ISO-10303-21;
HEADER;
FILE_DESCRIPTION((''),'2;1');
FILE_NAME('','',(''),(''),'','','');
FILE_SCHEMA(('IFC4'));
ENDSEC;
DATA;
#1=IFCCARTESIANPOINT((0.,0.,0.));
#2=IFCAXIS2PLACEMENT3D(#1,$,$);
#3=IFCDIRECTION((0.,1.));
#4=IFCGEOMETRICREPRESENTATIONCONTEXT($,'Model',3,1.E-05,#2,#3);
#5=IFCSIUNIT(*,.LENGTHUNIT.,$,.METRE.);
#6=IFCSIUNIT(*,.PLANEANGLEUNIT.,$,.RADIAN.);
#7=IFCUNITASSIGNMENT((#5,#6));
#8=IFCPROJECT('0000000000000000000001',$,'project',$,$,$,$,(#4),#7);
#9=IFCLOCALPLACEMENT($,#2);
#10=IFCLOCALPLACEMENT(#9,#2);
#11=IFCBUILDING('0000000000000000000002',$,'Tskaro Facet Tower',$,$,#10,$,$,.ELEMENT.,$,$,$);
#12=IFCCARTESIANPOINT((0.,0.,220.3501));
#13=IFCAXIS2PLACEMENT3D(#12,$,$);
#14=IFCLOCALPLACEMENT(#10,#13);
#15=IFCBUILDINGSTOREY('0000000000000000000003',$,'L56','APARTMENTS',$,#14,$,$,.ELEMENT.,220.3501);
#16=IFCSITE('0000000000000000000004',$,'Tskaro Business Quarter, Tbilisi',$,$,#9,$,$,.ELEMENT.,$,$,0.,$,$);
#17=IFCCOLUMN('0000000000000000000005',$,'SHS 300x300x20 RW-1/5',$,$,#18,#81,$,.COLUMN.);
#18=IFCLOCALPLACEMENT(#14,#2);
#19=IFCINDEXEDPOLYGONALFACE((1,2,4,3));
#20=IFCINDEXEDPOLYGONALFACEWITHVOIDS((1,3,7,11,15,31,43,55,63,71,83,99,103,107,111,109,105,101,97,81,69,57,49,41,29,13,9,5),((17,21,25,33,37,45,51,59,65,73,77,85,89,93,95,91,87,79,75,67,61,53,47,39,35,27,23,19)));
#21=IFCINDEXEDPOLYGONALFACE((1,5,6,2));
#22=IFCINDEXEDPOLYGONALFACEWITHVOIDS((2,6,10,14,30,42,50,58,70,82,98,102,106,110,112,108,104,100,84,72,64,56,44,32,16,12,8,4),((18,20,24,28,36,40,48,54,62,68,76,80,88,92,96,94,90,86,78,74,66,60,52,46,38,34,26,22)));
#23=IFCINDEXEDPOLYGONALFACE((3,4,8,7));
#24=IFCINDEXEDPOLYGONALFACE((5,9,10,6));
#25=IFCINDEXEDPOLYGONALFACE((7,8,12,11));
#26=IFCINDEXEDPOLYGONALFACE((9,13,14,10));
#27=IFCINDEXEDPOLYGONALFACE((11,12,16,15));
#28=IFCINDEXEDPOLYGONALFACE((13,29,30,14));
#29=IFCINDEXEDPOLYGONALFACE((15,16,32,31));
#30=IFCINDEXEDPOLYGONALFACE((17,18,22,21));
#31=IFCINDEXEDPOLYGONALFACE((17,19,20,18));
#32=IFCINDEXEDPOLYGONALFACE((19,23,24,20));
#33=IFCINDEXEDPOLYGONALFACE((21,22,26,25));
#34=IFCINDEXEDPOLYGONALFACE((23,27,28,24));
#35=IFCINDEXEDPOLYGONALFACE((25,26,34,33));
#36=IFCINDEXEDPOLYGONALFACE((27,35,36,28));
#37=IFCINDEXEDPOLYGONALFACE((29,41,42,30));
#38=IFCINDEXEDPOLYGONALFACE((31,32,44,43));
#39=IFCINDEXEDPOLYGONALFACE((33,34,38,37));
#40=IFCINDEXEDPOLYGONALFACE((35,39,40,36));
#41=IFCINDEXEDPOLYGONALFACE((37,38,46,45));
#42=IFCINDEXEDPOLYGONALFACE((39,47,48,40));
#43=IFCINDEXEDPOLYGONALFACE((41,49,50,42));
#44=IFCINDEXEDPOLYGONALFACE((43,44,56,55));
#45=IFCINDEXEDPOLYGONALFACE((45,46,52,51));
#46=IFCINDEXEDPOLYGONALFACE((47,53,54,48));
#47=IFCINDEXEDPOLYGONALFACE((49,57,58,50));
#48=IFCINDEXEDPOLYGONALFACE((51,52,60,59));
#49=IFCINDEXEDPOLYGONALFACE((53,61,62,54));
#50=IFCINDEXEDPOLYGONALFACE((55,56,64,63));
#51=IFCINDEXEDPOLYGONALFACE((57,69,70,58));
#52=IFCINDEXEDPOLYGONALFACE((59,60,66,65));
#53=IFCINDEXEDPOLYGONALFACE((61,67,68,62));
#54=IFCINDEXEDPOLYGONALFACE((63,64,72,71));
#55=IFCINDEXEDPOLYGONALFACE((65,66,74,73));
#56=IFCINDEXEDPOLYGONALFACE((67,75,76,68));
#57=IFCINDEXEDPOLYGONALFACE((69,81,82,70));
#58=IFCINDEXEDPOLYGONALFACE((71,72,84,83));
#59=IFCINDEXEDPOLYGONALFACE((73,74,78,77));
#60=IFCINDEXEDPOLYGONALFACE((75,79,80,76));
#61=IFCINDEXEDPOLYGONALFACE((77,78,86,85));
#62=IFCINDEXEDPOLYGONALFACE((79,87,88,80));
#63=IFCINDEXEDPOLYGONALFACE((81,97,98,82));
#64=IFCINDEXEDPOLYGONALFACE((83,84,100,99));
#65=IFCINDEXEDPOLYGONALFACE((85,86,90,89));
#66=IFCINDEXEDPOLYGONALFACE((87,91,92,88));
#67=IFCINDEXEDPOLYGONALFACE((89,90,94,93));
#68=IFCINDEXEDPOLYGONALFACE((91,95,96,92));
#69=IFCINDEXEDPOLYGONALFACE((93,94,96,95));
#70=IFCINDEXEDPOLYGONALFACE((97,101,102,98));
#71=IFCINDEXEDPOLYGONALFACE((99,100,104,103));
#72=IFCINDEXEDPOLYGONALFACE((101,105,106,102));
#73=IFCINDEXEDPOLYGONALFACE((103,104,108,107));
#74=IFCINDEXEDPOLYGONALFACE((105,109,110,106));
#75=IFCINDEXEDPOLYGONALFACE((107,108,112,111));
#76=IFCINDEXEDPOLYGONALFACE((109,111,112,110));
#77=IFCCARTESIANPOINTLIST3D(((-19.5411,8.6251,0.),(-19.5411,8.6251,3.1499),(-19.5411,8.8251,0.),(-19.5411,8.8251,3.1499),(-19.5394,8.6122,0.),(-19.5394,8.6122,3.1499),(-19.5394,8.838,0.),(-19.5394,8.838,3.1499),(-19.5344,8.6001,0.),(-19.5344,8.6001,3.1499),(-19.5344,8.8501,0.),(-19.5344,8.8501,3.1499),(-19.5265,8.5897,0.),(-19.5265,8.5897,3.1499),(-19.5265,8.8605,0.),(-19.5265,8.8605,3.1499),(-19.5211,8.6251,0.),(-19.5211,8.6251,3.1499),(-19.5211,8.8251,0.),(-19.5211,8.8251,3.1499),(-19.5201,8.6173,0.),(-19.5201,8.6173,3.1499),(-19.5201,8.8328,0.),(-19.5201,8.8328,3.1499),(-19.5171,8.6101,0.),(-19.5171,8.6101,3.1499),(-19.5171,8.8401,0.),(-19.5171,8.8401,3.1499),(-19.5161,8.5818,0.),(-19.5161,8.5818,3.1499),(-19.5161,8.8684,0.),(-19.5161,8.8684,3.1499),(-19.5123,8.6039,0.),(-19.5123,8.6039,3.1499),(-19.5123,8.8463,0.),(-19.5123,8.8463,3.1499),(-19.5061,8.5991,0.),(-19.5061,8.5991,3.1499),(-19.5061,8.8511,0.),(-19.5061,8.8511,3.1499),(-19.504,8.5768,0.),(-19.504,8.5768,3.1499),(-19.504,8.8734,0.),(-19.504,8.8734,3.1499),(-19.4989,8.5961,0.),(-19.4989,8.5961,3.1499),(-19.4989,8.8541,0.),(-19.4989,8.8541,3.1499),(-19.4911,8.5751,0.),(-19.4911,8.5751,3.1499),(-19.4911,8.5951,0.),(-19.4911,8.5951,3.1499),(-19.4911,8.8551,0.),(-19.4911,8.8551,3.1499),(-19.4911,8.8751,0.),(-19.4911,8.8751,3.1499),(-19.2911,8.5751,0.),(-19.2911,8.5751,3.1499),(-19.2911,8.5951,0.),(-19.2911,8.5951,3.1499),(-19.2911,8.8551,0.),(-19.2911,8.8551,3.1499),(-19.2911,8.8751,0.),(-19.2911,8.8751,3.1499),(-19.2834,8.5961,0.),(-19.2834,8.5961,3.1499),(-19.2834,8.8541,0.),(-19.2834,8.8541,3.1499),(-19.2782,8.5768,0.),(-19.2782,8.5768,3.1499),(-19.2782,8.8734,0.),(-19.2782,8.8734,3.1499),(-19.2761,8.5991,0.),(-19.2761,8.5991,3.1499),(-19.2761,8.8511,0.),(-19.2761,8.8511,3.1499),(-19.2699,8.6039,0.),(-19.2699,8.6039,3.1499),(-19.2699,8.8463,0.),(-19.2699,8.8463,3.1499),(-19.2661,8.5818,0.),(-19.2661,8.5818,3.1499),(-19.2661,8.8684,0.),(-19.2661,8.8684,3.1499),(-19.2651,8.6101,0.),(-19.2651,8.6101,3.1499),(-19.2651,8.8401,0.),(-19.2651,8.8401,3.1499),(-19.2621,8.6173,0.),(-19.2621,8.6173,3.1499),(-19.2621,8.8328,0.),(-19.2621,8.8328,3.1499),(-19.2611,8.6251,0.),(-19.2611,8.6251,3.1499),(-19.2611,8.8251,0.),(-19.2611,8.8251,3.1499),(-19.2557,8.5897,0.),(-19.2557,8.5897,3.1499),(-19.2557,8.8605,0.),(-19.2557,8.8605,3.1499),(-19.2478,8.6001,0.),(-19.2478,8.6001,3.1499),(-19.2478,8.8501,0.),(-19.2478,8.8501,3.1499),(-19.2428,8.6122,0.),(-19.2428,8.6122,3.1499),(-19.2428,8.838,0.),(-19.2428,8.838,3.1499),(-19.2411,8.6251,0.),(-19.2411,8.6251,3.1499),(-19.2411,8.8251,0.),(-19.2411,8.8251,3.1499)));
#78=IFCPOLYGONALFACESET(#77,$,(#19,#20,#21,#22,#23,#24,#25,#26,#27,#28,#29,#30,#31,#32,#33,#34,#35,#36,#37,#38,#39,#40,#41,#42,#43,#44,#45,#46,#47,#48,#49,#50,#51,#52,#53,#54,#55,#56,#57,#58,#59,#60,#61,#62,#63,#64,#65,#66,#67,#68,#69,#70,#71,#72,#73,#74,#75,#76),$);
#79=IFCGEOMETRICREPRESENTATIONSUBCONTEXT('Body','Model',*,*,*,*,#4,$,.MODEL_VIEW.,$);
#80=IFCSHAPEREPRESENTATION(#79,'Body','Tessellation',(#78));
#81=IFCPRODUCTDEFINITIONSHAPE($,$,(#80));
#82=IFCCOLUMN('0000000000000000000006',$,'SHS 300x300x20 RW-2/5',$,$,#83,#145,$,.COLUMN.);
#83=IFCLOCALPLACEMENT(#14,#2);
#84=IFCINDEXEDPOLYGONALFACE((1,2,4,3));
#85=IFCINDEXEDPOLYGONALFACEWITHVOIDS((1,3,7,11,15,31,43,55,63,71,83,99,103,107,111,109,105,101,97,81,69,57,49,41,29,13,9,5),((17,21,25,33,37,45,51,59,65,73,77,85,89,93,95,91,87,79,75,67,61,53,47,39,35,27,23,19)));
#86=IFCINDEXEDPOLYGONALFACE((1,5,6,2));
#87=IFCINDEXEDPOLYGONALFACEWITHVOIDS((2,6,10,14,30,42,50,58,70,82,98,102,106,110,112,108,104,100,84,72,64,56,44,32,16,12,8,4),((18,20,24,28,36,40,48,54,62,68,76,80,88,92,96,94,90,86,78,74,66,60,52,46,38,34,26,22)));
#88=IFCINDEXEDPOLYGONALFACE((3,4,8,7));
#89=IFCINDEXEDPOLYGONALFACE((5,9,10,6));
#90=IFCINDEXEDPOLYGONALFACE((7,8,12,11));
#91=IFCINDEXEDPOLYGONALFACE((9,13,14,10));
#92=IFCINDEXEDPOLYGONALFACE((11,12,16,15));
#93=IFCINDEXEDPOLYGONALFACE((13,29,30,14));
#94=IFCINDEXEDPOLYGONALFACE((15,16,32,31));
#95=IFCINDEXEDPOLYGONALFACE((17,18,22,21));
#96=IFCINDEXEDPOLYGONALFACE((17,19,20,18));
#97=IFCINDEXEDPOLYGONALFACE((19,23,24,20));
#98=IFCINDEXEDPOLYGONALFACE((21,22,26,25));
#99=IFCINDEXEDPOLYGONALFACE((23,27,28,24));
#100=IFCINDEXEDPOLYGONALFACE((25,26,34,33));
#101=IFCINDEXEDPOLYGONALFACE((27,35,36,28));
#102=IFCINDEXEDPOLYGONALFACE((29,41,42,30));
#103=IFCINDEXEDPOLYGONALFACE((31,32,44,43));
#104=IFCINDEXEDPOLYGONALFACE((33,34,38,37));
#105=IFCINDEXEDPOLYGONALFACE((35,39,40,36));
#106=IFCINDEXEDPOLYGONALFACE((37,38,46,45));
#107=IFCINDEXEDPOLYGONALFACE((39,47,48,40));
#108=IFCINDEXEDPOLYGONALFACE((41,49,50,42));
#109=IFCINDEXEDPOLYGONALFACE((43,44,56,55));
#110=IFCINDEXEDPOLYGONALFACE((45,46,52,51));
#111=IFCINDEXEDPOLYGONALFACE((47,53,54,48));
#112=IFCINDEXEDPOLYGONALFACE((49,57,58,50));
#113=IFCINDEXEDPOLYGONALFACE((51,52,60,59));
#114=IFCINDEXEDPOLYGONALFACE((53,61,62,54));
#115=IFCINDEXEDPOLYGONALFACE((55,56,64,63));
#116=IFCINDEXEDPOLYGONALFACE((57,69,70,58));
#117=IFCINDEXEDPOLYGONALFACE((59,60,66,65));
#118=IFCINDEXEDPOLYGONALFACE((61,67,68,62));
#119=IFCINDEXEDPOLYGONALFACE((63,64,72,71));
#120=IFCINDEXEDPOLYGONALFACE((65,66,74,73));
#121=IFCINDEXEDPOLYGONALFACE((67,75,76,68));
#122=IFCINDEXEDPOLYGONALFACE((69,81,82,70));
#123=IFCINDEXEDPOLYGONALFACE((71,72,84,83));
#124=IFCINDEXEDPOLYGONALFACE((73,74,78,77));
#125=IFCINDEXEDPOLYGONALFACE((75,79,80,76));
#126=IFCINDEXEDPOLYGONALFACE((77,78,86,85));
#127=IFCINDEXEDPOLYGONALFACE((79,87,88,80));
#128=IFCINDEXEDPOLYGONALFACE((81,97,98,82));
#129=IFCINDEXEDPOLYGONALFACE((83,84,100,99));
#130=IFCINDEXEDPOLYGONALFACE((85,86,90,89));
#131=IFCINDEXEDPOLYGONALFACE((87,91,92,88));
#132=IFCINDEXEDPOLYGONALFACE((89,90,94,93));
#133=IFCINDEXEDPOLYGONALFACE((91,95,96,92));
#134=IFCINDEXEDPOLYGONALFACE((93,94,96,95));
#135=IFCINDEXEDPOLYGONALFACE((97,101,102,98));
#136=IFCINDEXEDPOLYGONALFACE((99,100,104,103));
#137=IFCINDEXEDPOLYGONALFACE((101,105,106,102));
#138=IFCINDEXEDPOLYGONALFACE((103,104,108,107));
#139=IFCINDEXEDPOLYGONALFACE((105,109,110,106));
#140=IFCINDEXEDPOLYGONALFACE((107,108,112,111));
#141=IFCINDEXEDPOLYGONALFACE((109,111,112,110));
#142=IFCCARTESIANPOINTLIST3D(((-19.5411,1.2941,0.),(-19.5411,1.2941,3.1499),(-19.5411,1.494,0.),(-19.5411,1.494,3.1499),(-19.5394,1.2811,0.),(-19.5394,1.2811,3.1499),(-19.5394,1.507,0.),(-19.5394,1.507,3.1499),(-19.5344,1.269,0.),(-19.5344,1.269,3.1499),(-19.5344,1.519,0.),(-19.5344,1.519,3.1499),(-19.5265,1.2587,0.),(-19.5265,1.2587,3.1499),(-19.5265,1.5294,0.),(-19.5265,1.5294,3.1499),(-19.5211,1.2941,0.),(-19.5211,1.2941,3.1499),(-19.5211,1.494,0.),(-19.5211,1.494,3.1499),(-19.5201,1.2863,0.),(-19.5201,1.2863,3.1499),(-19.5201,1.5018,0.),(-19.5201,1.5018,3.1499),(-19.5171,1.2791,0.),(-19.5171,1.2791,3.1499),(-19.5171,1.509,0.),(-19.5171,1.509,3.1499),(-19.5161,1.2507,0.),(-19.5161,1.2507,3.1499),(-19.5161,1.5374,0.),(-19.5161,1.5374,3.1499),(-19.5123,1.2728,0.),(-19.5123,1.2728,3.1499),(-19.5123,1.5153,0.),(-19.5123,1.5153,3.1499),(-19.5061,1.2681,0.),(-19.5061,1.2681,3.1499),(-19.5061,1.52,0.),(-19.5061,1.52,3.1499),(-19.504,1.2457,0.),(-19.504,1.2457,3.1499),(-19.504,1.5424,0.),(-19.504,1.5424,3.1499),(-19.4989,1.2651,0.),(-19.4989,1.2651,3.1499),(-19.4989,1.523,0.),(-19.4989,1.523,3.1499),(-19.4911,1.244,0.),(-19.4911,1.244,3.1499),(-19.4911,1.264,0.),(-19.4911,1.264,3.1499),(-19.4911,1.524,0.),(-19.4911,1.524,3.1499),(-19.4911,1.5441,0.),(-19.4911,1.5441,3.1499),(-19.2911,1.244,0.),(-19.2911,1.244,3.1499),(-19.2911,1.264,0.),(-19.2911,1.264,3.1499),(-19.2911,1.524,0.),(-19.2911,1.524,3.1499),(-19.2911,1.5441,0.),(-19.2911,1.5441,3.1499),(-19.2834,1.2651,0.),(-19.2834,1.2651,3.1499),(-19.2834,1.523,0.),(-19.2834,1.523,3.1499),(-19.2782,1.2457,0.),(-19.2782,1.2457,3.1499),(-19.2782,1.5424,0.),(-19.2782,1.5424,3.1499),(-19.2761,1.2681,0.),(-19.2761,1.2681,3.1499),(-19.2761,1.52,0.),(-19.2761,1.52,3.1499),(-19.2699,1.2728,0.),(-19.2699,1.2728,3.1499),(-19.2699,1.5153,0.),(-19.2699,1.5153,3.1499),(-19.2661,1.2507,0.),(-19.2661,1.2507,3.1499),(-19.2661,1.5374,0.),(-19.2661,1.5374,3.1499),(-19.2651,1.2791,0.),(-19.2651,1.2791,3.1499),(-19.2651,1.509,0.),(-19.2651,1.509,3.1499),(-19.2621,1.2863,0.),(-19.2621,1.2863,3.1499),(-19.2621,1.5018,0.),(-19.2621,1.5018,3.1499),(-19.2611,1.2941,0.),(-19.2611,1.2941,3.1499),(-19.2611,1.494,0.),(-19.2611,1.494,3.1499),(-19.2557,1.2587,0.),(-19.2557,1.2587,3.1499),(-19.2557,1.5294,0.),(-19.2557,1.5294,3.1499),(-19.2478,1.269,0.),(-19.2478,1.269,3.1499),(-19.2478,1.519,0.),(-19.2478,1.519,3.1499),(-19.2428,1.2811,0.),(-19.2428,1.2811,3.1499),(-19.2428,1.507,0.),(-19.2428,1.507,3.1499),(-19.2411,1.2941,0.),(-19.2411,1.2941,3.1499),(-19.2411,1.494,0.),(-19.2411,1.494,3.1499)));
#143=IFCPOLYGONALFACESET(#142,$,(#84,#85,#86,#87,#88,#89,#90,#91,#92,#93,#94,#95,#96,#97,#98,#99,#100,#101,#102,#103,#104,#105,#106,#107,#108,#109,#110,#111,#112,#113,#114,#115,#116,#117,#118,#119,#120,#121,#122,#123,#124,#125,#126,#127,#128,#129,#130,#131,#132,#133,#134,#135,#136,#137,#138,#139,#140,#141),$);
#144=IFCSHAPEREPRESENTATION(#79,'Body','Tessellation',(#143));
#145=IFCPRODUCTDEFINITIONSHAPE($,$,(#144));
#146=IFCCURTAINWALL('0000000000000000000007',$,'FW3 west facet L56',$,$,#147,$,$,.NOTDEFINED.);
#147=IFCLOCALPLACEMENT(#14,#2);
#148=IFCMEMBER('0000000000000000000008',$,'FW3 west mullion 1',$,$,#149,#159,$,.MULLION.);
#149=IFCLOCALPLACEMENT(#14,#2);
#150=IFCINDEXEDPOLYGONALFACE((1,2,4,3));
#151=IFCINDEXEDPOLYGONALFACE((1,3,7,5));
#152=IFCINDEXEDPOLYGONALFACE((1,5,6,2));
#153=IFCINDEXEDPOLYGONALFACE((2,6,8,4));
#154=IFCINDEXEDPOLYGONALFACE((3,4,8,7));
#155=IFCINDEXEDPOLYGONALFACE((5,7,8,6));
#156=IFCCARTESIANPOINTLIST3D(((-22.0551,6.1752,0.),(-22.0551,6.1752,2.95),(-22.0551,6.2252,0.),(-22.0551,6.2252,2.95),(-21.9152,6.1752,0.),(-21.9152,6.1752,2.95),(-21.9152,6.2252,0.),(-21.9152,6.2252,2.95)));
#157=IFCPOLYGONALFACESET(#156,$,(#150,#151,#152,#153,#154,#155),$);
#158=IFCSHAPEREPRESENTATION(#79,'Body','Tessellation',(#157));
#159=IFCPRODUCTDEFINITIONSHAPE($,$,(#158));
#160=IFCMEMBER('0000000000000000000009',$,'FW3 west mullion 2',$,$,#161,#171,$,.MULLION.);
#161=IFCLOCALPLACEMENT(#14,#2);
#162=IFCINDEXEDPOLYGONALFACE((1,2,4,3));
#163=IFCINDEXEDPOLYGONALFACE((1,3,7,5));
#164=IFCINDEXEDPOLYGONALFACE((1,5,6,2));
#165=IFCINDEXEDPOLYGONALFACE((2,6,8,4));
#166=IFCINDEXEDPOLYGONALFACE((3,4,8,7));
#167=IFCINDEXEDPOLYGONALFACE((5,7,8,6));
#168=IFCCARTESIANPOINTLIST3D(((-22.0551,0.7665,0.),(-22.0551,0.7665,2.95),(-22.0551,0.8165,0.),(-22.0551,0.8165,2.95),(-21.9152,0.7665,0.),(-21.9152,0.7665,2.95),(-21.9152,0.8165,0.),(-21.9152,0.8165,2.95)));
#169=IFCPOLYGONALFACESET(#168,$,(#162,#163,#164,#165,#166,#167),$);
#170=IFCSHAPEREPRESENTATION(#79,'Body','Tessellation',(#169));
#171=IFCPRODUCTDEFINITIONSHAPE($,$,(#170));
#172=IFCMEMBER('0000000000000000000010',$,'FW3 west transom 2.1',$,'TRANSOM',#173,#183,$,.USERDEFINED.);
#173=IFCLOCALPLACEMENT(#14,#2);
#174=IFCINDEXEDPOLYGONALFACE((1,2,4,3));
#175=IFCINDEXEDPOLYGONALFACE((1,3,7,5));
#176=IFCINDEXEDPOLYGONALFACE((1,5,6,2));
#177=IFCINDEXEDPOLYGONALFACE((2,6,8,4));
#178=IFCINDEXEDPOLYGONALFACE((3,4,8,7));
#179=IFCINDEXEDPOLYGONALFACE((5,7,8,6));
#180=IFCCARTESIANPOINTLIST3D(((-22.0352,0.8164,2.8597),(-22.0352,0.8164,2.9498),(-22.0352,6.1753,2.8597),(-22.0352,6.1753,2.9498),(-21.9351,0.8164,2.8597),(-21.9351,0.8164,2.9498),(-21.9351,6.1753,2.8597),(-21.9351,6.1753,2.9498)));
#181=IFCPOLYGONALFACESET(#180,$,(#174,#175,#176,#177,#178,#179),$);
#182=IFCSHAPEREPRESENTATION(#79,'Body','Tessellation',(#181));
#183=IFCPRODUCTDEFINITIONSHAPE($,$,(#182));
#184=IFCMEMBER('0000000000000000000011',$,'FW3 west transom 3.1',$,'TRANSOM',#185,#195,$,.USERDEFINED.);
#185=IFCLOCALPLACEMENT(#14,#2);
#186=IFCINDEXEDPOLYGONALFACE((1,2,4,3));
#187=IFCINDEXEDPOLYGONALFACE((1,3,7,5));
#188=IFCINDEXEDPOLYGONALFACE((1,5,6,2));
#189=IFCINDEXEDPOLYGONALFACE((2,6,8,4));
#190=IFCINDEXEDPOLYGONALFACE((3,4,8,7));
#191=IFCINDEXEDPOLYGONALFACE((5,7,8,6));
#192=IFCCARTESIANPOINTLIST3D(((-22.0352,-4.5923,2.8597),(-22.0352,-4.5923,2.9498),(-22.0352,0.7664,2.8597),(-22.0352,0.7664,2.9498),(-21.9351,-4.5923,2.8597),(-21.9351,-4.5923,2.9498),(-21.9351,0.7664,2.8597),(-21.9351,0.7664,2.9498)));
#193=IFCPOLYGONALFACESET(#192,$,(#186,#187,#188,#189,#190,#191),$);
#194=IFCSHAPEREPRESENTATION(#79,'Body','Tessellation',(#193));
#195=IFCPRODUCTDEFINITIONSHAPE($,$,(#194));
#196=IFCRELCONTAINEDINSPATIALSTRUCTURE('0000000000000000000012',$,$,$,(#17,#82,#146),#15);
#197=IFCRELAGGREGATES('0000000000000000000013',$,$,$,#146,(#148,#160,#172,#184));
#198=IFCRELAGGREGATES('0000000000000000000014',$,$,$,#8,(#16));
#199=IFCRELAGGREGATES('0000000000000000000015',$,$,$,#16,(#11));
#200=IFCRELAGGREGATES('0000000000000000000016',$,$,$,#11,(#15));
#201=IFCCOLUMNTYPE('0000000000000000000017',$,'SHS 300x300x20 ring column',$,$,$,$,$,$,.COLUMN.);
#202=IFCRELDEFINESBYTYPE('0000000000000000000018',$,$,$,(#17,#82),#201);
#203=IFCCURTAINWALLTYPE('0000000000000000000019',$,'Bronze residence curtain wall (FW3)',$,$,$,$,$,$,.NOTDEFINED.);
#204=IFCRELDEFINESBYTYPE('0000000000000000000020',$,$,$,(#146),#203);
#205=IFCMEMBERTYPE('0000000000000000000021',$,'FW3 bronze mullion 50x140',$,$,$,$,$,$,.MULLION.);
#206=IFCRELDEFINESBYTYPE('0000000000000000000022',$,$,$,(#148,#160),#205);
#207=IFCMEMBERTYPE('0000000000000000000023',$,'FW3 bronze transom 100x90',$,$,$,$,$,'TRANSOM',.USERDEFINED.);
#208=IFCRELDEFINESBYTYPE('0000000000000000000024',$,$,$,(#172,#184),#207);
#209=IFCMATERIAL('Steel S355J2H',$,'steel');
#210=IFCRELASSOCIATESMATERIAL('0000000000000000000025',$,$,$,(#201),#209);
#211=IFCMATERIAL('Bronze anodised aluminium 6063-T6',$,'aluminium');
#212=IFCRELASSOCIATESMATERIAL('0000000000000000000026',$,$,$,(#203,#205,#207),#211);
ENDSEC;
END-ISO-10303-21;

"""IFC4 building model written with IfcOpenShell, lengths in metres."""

from ifc_helpers import new_model, si_unit, direction, frame, origin, origin_2d, place, context, subcontext, project, spatial, rectangle, hollow_rectangle, extrude, material, material_profile, profile_set, type_object, element, aggregate, save


model = new_model("IFC4")

# Units and contexts
model_context = context("Model", 3, precision=1e-05, world=origin(), true_north=direction((0.0, 1.0)))
body_context = subcontext(model_context, "Body", "Model", "MODEL_VIEW")
ifc_project = project(units=[si_unit("LENGTHUNIT", "METRE"), si_unit("PLANEANGLEUNIT", "RADIAN")], contexts=[model_context])

# Site, building, storey
site_placement = place(None, origin())
site = spatial("IfcSite", under=ifc_project, at=site_placement, Name="Tskaro Business Quarter, Tbilisi", CompositionType="ELEMENT", RefElevation=0.0)
building_placement = place(site_placement, origin())
building = spatial("IfcBuilding", under=site, at=building_placement, Name="Tskaro Facet Tower", CompositionType="ELEMENT")
storey_placement = place(building_placement, frame((0.0, 0.0, 220.3501)))
storey = spatial("IfcBuildingStorey", under=building, at=storey_placement, Name="L56", Description="APARTMENTS", CompositionType="ELEMENT", Elevation=220.3501)

# Columns
ifc_material_1 = material(Name="Steel S355J2H", Category="steel")
ifc_material_profile_1 = material_profile(ifc_material_1, hollow_rectangle(XDim=0.3, YDim=0.3, WallThickness=0.02, InnerFilletRadius=0.03, OuterFilletRadius=0.05, at=origin_2d()), Name="SHS 300x300x20")
ifc_profile_set_1 = profile_set([ifc_material_profile_1], Name="Steel S355J2H")
column_type = type_object("IfcColumnType", Name="SHS 300x300x20 ring column", PredefinedType="COLUMN", material=ifc_profile_set_1)
for number, where, z_axis, x_axis, name in (
    (1, (-19.3911, 8.7251, 0.0), (0.0, 0.0, 1.0), (1.0, 0.0, 0.0), "SHS 300x300x20 RW-1/5"),
    (2, (-19.3911, 1.394, 0.0), (0.0, 0.0, 1.0), (1.0, 0.0, 0.0), "SHS 300x300x20 RW-2/5"),
):
    element("IfcColumn", number, at=place(storey_placement, frame(where, z_axis=z_axis, x_axis=x_axis)), inside=storey, type_object=column_type, Name=name, PredefinedType="COLUMN", context=body_context, shape_type="SweptSolid", body=[
        extrude(hollow_rectangle(XDim=0.3, YDim=0.3, WallThickness=0.02, InnerFilletRadius=0.03, OuterFilletRadius=0.05, at=origin_2d()), origin(), (0.0, 0.0, 1.0), 3.1499),
    ])

# Curtain wall, members
ifc_material_2 = material(Name="Bronze anodised aluminium 6063-T6", Category="aluminium")
curtain_wall_type = type_object("IfcCurtainWallType", Name="Bronze residence curtain wall (FW3)", PredefinedType="NOTDEFINED", material=ifc_material_2)
curtain_wall_placement = place(storey_placement, origin())
curtain_wall = element("IfcCurtainWall", 3, at=curtain_wall_placement, inside=storey, type_object=curtain_wall_type, Name="FW3 west facet L56", PredefinedType="NOTDEFINED")
ifc_material_profile_2 = material_profile(ifc_material_2, rectangle(XDim=0.05, YDim=0.1399, at=origin_2d()), Name="Mullion 50x140")
ifc_profile_set_2 = profile_set([ifc_material_profile_2], Name="Bronze anodised aluminium 6063-T6")
member_type_1 = type_object("IfcMemberType", Name="FW3 bronze mullion 50x140", PredefinedType="MULLION", material=ifc_profile_set_2)
member_1_placement = place(storey_placement, frame((-21.9851, 6.2002, 0.0), z_axis=(0.0, 0.0, 1.0), x_axis=(0.0, -1.0, 0.0)))
member_1 = element("IfcMember", 4, at=member_1_placement, type_object=member_type_1, Name="FW3 west mullion 1", PredefinedType="MULLION", context=body_context, shape_type="SweptSolid", body=[
    extrude(rectangle(XDim=0.05, YDim=0.1399, at=origin_2d()), origin(), (0.0, 0.0, 1.0), 2.95),
])
member_2_placement = place(storey_placement, frame((-21.9851, 0.7915, 0.0), z_axis=(0.0, 0.0, 1.0), x_axis=(0.0, -1.0, 0.0)))
member_2 = element("IfcMember", 5, at=member_2_placement, type_object=member_type_1, Name="FW3 west mullion 2", PredefinedType="MULLION", context=body_context, shape_type="SweptSolid", body=[
    extrude(rectangle(XDim=0.05, YDim=0.1399, at=origin_2d()), origin(), (0.0, 0.0, 1.0), 2.95),
])
ifc_material_profile_3 = material_profile(ifc_material_2, rectangle(XDim=0.1001, YDim=0.0901, at=origin_2d()), Name="Transom 100x90")
ifc_profile_set_3 = profile_set([ifc_material_profile_3], Name="Bronze anodised aluminium 6063-T6")
member_type_2 = type_object("IfcMemberType", Name="FW3 bronze transom 100x90", ElementType="TRANSOM", PredefinedType="USERDEFINED", material=ifc_profile_set_3)
member_3_placement = place(storey_placement, frame((-21.9851, 6.1753, 2.9048), z_axis=(0.0, -1.0, 0.0), x_axis=(1.0, 0.0, 0.0)))
member_3 = element("IfcMember", 6, at=member_3_placement, type_object=member_type_2, Name="FW3 west transom 2.1", ObjectType="TRANSOM", PredefinedType="USERDEFINED", context=body_context, shape_type="SweptSolid", body=[
    extrude(rectangle(XDim=0.1001, YDim=0.0901, at=origin_2d()), origin(), (0.0, 0.0, 1.0), 5.3589),
])
member_4_placement = place(storey_placement, frame((-21.9851, 0.7664, 2.9048), z_axis=(0.0, -1.0, 0.0), x_axis=(1.0, 0.0, 0.0)))
member_4 = element("IfcMember", 7, at=member_4_placement, type_object=member_type_2, Name="FW3 west transom 3.1", ObjectType="TRANSOM", PredefinedType="USERDEFINED", context=body_context, shape_type="SweptSolid", body=[
    extrude(rectangle(XDim=0.1001, YDim=0.0901, at=origin_2d()), origin(), (0.0, 0.0, 1.0), 5.3586),
])

aggregate(curtain_wall, [member_1, member_2, member_3, member_4])

save(model, "model.ifc")
